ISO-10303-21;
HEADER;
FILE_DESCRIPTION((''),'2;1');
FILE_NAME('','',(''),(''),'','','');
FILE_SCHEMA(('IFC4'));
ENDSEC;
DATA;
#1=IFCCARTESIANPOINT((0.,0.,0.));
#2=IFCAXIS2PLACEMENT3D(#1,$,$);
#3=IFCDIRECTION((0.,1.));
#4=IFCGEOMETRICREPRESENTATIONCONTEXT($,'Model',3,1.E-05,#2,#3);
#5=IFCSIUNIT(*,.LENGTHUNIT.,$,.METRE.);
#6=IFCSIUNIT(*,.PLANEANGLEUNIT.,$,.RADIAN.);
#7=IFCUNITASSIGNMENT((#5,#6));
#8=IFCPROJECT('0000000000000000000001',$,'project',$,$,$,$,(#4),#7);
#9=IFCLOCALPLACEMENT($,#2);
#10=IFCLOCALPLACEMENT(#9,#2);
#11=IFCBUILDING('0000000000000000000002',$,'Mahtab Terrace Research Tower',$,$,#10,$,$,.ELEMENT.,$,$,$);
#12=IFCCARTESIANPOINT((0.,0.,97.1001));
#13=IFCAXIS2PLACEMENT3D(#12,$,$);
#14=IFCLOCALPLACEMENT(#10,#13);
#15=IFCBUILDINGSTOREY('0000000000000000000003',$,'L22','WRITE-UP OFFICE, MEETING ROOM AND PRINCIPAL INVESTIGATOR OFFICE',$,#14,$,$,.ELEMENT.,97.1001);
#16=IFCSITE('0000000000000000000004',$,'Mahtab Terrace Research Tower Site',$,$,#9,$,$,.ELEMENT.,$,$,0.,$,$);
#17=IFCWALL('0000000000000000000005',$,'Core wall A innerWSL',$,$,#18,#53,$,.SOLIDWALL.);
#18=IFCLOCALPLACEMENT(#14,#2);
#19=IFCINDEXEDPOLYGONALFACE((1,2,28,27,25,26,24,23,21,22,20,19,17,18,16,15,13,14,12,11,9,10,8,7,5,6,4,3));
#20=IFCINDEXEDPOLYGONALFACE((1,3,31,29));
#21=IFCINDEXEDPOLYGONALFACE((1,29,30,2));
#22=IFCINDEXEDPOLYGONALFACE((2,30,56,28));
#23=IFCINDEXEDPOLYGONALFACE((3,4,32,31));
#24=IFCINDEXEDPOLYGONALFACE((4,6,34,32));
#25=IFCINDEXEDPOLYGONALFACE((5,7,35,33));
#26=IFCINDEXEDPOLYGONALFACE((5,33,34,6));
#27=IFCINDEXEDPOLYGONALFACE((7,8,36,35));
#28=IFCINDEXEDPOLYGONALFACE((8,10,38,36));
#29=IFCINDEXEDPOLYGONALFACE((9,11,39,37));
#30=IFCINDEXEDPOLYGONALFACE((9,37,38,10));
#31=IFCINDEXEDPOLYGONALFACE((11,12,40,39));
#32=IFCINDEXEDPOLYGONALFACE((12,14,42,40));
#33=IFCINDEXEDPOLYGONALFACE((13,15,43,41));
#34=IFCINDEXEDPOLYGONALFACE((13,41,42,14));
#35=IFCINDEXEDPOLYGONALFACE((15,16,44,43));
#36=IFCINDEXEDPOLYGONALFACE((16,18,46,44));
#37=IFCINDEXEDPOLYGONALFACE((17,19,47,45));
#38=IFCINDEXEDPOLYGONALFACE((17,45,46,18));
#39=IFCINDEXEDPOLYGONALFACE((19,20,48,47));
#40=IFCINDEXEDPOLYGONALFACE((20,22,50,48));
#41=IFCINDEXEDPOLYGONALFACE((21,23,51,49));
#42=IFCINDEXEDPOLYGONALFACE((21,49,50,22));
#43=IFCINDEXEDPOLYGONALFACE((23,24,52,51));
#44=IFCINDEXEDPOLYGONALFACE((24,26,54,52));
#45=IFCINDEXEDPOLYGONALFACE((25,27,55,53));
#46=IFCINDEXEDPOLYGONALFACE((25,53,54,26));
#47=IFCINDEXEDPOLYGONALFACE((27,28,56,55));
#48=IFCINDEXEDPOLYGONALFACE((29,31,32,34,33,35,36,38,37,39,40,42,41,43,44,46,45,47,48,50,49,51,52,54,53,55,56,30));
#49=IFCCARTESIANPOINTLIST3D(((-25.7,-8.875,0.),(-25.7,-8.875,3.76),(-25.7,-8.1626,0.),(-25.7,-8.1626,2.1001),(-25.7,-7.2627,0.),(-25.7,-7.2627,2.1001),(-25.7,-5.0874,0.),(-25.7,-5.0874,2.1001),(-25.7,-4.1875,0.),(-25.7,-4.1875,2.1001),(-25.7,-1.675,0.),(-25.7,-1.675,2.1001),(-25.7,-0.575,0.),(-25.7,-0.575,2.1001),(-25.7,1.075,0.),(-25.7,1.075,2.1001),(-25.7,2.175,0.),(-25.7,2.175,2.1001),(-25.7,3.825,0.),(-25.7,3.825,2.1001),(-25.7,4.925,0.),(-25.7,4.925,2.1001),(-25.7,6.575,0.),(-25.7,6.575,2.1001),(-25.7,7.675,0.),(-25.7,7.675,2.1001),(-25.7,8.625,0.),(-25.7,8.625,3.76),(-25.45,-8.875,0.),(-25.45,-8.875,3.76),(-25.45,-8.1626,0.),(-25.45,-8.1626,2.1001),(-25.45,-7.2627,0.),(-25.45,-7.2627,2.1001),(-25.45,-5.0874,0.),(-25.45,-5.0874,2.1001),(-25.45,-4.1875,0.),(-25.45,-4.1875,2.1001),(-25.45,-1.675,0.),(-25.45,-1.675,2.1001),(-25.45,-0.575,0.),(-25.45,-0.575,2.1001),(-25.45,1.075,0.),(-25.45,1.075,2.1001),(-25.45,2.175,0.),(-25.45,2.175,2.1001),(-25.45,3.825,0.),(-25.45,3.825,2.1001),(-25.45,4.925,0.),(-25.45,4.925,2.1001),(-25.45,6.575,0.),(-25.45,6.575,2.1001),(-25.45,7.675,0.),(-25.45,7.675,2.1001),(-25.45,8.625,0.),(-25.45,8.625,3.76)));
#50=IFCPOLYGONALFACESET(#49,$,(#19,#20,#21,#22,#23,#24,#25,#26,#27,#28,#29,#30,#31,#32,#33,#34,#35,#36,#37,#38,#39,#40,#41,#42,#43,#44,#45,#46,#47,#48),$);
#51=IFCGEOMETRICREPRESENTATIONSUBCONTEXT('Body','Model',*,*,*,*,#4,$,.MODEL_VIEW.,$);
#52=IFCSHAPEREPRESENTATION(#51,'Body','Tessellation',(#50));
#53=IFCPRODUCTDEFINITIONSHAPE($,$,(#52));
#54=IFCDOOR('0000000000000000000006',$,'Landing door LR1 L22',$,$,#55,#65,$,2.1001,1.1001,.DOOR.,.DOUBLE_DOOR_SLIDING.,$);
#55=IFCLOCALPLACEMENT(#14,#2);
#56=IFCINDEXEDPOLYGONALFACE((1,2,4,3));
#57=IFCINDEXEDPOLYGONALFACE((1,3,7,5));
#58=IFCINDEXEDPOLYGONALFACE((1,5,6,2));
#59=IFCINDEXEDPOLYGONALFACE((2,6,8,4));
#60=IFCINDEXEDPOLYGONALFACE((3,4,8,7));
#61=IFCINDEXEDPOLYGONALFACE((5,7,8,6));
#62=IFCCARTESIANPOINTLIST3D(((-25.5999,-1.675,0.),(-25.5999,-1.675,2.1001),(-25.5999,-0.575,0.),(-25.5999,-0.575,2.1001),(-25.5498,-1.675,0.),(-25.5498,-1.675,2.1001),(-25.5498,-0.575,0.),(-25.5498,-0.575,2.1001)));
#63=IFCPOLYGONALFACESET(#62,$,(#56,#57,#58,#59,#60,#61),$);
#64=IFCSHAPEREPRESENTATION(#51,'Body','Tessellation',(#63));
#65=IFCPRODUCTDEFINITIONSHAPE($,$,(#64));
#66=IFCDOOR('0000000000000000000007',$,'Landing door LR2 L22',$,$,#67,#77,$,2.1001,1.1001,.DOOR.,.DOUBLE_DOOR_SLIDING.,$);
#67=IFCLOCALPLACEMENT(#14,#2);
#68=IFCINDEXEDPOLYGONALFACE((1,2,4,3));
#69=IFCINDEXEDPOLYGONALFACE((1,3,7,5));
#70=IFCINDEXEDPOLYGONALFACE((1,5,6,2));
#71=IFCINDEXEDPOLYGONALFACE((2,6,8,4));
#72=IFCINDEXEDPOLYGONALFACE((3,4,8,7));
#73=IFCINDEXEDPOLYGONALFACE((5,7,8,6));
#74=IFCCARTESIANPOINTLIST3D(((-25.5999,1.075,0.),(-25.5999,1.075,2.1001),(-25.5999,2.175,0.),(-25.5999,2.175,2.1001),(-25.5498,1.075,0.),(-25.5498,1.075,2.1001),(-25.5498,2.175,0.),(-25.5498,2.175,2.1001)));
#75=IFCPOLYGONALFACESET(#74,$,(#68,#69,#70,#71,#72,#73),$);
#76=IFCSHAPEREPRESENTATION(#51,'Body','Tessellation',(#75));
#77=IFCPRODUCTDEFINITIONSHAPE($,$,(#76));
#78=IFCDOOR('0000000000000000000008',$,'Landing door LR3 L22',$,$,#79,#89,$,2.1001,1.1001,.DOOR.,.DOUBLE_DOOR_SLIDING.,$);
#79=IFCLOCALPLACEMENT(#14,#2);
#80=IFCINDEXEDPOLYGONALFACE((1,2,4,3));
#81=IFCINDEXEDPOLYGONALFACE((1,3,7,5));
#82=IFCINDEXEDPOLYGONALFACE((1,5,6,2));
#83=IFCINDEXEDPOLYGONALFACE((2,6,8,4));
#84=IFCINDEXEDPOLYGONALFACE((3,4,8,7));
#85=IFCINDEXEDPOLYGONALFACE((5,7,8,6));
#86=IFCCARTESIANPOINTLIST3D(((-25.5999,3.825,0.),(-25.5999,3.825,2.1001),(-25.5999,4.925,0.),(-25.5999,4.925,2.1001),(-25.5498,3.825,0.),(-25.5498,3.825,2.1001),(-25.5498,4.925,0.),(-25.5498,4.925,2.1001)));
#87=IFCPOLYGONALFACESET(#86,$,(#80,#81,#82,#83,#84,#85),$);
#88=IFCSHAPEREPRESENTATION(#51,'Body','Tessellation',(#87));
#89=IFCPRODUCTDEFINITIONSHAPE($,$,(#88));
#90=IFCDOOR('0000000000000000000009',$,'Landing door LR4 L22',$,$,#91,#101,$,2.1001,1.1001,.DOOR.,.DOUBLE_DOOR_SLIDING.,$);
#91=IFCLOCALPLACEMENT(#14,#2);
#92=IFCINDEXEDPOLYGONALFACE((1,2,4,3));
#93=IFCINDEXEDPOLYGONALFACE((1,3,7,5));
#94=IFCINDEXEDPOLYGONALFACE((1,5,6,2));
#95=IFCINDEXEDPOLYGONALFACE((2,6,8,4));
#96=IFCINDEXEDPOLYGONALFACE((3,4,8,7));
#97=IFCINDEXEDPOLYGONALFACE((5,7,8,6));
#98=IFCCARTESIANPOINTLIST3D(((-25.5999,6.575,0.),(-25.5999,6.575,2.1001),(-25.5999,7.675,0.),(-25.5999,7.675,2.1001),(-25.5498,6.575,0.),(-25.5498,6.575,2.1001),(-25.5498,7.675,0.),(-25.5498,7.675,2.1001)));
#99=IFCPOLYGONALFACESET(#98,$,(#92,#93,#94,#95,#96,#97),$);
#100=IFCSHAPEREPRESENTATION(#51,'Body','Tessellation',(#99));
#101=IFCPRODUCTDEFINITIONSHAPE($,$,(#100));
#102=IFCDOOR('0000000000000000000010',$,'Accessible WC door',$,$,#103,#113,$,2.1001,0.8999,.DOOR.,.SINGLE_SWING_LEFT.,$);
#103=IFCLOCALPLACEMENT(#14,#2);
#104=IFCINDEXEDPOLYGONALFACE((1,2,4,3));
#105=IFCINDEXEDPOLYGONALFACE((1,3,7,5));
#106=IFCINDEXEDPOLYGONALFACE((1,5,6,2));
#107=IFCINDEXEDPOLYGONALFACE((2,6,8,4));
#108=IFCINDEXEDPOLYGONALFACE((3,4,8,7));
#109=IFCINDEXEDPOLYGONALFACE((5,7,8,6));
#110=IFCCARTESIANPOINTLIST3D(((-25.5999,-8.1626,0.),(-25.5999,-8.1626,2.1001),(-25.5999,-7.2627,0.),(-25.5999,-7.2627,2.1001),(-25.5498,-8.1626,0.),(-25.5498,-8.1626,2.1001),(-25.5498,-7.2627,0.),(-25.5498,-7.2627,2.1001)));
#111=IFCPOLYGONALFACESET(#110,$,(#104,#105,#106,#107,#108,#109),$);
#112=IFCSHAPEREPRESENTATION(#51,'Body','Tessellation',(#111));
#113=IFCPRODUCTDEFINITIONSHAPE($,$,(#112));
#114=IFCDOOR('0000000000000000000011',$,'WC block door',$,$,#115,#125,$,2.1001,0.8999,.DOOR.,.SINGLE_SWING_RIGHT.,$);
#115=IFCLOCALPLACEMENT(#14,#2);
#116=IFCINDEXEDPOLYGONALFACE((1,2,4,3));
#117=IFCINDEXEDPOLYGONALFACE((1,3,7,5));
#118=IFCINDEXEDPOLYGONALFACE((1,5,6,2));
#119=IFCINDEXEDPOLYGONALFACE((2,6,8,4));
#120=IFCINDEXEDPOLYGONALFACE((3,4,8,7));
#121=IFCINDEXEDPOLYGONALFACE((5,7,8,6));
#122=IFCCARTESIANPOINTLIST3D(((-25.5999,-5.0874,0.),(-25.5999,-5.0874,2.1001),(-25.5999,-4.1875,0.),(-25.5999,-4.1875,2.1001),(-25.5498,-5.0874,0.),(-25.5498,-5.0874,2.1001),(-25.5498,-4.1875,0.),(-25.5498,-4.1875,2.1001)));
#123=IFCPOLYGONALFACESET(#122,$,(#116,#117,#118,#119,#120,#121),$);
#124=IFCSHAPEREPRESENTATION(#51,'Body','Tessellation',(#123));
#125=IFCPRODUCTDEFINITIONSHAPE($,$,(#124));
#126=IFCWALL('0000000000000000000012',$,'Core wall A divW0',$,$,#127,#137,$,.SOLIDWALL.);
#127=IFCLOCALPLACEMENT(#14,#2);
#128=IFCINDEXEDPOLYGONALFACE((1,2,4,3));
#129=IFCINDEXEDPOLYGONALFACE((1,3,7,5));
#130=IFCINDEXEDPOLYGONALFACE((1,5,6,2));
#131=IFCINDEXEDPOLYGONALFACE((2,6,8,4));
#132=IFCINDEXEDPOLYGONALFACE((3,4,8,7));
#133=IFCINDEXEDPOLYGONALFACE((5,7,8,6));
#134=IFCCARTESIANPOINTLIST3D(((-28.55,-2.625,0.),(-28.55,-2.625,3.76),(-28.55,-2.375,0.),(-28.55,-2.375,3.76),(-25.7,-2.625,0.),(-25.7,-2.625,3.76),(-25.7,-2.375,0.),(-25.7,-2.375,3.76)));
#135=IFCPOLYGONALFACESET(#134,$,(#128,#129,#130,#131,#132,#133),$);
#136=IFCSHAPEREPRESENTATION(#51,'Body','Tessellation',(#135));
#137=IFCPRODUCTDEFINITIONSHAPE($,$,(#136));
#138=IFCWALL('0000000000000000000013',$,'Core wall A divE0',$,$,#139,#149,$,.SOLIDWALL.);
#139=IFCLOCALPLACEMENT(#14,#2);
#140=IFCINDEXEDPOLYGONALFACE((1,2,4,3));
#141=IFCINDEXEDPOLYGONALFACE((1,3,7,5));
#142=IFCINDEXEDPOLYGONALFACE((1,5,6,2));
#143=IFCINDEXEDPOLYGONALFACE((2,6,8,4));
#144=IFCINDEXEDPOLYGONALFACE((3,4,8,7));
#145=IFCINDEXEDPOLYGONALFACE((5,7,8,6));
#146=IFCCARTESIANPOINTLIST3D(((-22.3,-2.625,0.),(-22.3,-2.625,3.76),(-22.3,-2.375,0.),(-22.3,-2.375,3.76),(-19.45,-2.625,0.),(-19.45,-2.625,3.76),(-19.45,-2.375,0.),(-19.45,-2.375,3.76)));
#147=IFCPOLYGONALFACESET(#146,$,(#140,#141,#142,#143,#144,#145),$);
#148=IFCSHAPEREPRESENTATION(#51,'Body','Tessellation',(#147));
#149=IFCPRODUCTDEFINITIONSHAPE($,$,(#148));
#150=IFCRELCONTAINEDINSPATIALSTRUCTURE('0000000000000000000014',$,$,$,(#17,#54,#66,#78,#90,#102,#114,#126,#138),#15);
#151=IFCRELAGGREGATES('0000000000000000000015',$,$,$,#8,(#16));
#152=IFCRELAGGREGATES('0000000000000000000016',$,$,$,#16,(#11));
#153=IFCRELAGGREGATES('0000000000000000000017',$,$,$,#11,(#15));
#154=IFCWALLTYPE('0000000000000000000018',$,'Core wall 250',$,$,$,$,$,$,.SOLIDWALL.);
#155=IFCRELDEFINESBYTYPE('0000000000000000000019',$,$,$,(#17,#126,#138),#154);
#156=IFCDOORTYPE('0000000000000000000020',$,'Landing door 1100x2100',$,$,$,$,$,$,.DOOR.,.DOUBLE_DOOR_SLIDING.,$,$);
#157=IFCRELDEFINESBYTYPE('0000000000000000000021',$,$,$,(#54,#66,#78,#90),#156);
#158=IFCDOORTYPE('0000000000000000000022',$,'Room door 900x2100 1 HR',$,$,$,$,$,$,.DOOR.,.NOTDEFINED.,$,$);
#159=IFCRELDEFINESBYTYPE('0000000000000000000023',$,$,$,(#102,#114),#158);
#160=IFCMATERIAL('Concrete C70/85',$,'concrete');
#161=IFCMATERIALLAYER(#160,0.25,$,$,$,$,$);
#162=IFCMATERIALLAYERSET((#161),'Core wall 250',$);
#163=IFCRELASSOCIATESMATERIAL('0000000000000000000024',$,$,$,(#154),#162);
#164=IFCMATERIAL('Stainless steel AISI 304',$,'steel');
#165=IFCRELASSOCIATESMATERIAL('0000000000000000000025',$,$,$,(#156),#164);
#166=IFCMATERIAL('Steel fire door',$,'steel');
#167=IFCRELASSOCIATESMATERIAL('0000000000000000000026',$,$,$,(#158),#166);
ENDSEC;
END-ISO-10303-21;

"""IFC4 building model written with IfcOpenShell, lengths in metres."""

from ifc_helpers import new_model, si_unit, direction, frame, frame_2d, origin, place, context, subcontext, project, spatial, rectangle, extrude, material, layer, layer_set, type_object, element, fill, save


model = new_model("IFC4")

# Units and contexts
model_context = context("Model", 3, precision=1e-05, world=origin(), true_north=direction((0.0, 1.0)))
body_context = subcontext(model_context, "Body", "Model", "MODEL_VIEW")
ifc_project = project(units=[si_unit("LENGTHUNIT", "METRE"), si_unit("PLANEANGLEUNIT", "RADIAN")], contexts=[model_context])

# Site, building, storey
site_placement = place(None, origin())
site = spatial("IfcSite", under=ifc_project, at=site_placement, Name="Mahtab Terrace Research Tower Site", CompositionType="ELEMENT", RefElevation=0.0)
building_placement = place(site_placement, origin())
building = spatial("IfcBuilding", under=site, at=building_placement, Name="Mahtab Terrace Research Tower", CompositionType="ELEMENT")
storey_placement = place(building_placement, frame((0.0, 0.0, 97.1001)))
storey = spatial("IfcBuildingStorey", under=building, at=storey_placement, Name="L22", Description="WRITE-UP OFFICE, MEETING ROOM AND PRINCIPAL INVESTIGATOR OFFICE", CompositionType="ELEMENT", Elevation=97.1001)

# Shared definitions
ifc_material_1 = material(Name="Concrete C70/85", Category="concrete")

# Shared definitions
ifc_layer_1 = layer(ifc_material_1, 0.25)
ifc_layer_set_1 = layer_set([ifc_layer_1], Name="Core wall 250")
wall_type_1 = type_object("IfcWallType", Name="Core wall 250", PredefinedType="SOLIDWALL", material=ifc_layer_set_1)

# Shared definitions
ifc_material_2 = material(Name="Steel fire door", Category="steel")

# Wall, openings, doors
wall_1_placement = place(storey_placement, frame((-25.575, -8.875, 0.0), z_axis=(0.0, 0.0, 1.0), x_axis=(0.0, 1.0, 0.0)))
wall_1 = element("IfcWall", 1, at=wall_1_placement, inside=storey, type_object=wall_type_1, Name="Core wall A innerWSL", PredefinedType="SOLIDWALL", context=body_context, shape_type="SweptSolid", body=[
    extrude(rectangle(XDim=17.5, YDim=0.25, at=frame_2d((8.75, 0.0))), origin(), (0.0, 0.0, 1.0), 3.76),
])
opening_1_placement = place(wall_1_placement, frame((7.2, 0.0, 0.0)))
opening_1 = element("IfcOpeningElement", 2, at=opening_1_placement, cuts=wall_1, PredefinedType="OPENING", context=body_context, shape_type="SweptSolid", body=[
    extrude(rectangle(XDim=1.1001, YDim=2.1001, at=frame_2d((0.55, 1.05))), frame((0.0, 0.135, 0.0), z_axis=(0.0, -1.0, 0.0), x_axis=(1.0, 0.0, 0.0)), (0.0, 0.0, 1.0), 0.27),
])
opening_2_placement = place(wall_1_placement, frame((9.95, 0.0, 0.0)))
opening_2 = element("IfcOpeningElement", 3, at=opening_2_placement, cuts=wall_1, PredefinedType="OPENING", context=body_context, shape_type="SweptSolid", body=[
    extrude(rectangle(XDim=1.1001, YDim=2.1001, at=frame_2d((0.55, 1.05))), frame((0.0, 0.135, 0.0), z_axis=(0.0, -1.0, 0.0), x_axis=(1.0, 0.0, 0.0)), (0.0, 0.0, 1.0), 0.27),
])
opening_3_placement = place(wall_1_placement, frame((12.7, 0.0, 0.0)))
opening_3 = element("IfcOpeningElement", 4, at=opening_3_placement, cuts=wall_1, PredefinedType="OPENING", context=body_context, shape_type="SweptSolid", body=[
    extrude(rectangle(XDim=1.1001, YDim=2.1001, at=frame_2d((0.55, 1.05))), frame((0.0, 0.135, 0.0), z_axis=(0.0, -1.0, 0.0), x_axis=(1.0, 0.0, 0.0)), (0.0, 0.0, 1.0), 0.27),
])
opening_4_placement = place(wall_1_placement, frame((15.45, 0.0, 0.0)))
opening_4 = element("IfcOpeningElement", 5, at=opening_4_placement, cuts=wall_1, PredefinedType="OPENING", context=body_context, shape_type="SweptSolid", body=[
    extrude(rectangle(XDim=1.1001, YDim=2.1001, at=frame_2d((0.55, 1.05))), frame((0.0, 0.135, 0.0), z_axis=(0.0, -1.0, 0.0), x_axis=(1.0, 0.0, 0.0)), (0.0, 0.0, 1.0), 0.27),
])
opening_5_placement = place(wall_1_placement, frame((0.7124, 0.0, 0.0)))
opening_5 = element("IfcOpeningElement", 6, at=opening_5_placement, cuts=wall_1, PredefinedType="OPENING", context=body_context, shape_type="SweptSolid", body=[
    extrude(rectangle(XDim=0.8999, YDim=2.1001, at=frame_2d((0.45, 1.05))), frame((0.0, 0.135, 0.0), z_axis=(0.0, -1.0, 0.0), x_axis=(1.0, 0.0, 0.0)), (0.0, 0.0, 1.0), 0.27),
])
opening_6_placement = place(wall_1_placement, frame((3.7876, 0.0, 0.0)))
opening_6 = element("IfcOpeningElement", 7, at=opening_6_placement, cuts=wall_1, PredefinedType="OPENING", context=body_context, shape_type="SweptSolid", body=[
    extrude(rectangle(XDim=0.8999, YDim=2.1001, at=frame_2d((0.45, 1.05))), frame((0.0, 0.135, 0.0), z_axis=(0.0, -1.0, 0.0), x_axis=(1.0, 0.0, 0.0)), (0.0, 0.0, 1.0), 0.27),
])
ifc_material_3 = material(Name="Stainless steel AISI 304", Category="steel")
door_type_1 = type_object("IfcDoorType", Name="Landing door 1100x2100", OperationType="DOUBLE_DOOR_SLIDING", PredefinedType="DOOR", material=ifc_material_3)
door_1_placement = place(opening_1_placement, origin())
door_1 = element("IfcDoor", 8, at=door_1_placement, inside=storey, type_object=door_type_1, Name="Landing door LR1 L22", OperationType="DOUBLE_DOOR_SLIDING", OverallHeight=2.1001, OverallWidth=1.1001, PredefinedType="DOOR", context=body_context, shape_type="SweptSolid", body=[
    extrude(rectangle(XDim=1.1001, YDim=2.1001, at=frame_2d((0.55, 1.05))), frame((0.0, 0.0249, 0.0), z_axis=(0.0, -1.0, 0.0), x_axis=(1.0, 0.0, 0.0)), (0.0, 0.0, 1.0), 0.05),
])
fill(opening_1, door_1)
door_2_placement = place(opening_2_placement, origin())
door_2 = element("IfcDoor", 9, at=door_2_placement, inside=storey, type_object=door_type_1, Name="Landing door LR2 L22", OperationType="DOUBLE_DOOR_SLIDING", OverallHeight=2.1001, OverallWidth=1.1001, PredefinedType="DOOR", context=body_context, shape_type="SweptSolid", body=[
    extrude(rectangle(XDim=1.1001, YDim=2.1001, at=frame_2d((0.55, 1.05))), frame((0.0, 0.0249, 0.0), z_axis=(0.0, -1.0, 0.0), x_axis=(1.0, 0.0, 0.0)), (0.0, 0.0, 1.0), 0.05),
])
fill(opening_2, door_2)
door_3_placement = place(opening_3_placement, origin())
door_3 = element("IfcDoor", 10, at=door_3_placement, inside=storey, type_object=door_type_1, Name="Landing door LR3 L22", OperationType="DOUBLE_DOOR_SLIDING", OverallHeight=2.1001, OverallWidth=1.1001, PredefinedType="DOOR", context=body_context, shape_type="SweptSolid", body=[
    extrude(rectangle(XDim=1.1001, YDim=2.1001, at=frame_2d((0.55, 1.05))), frame((0.0, 0.0249, 0.0), z_axis=(0.0, -1.0, 0.0), x_axis=(1.0, 0.0, 0.0)), (0.0, 0.0, 1.0), 0.05),
])
fill(opening_3, door_3)
door_4_placement = place(opening_4_placement, origin())
door_4 = element("IfcDoor", 11, at=door_4_placement, inside=storey, type_object=door_type_1, Name="Landing door LR4 L22", OperationType="DOUBLE_DOOR_SLIDING", OverallHeight=2.1001, OverallWidth=1.1001, PredefinedType="DOOR", context=body_context, shape_type="SweptSolid", body=[
    extrude(rectangle(XDim=1.1001, YDim=2.1001, at=frame_2d((0.55, 1.05))), frame((0.0, 0.0249, 0.0), z_axis=(0.0, -1.0, 0.0), x_axis=(1.0, 0.0, 0.0)), (0.0, 0.0, 1.0), 0.05),
])
fill(opening_4, door_4)
door_type_2 = type_object("IfcDoorType", Name="Room door 900x2100 1 HR", OperationType="NOTDEFINED", PredefinedType="DOOR", material=ifc_material_2)
door_5_placement = place(opening_5_placement, origin())
door_5 = element("IfcDoor", 12, at=door_5_placement, inside=storey, type_object=door_type_2, Name="Accessible WC door", OperationType="SINGLE_SWING_LEFT", OverallHeight=2.1001, OverallWidth=0.8999, PredefinedType="DOOR", context=body_context, shape_type="SweptSolid", body=[
    extrude(rectangle(XDim=0.8999, YDim=2.1001, at=frame_2d((0.45, 1.05))), frame((0.0, 0.0249, 0.0), z_axis=(0.0, -1.0, 0.0), x_axis=(1.0, 0.0, 0.0)), (0.0, 0.0, 1.0), 0.05),
])
fill(opening_5, door_5)
door_6_placement = place(opening_6_placement, origin())
door_6 = element("IfcDoor", 13, at=door_6_placement, inside=storey, type_object=door_type_2, Name="WC block door", OperationType="SINGLE_SWING_RIGHT", OverallHeight=2.1001, OverallWidth=0.8999, PredefinedType="DOOR", context=body_context, shape_type="SweptSolid", body=[
    extrude(rectangle(XDim=0.8999, YDim=2.1001, at=frame_2d((0.45, 1.05))), frame((0.0, 0.0249, 0.0), z_axis=(0.0, -1.0, 0.0), x_axis=(1.0, 0.0, 0.0)), (0.0, 0.0, 1.0), 0.05),
])
fill(opening_6, door_6)

# Walls
for number, where, z_axis, x_axis, name in (
    (14, (-28.55, -2.5, 0.0), (0.0, 0.0, 1.0), (1.0, 0.0, 0.0), "Core wall A divW0"),
    (15, (-22.3, -2.5, 0.0), (0.0, 0.0, 1.0), (1.0, 0.0, 0.0), "Core wall A divE0"),
):
    element("IfcWall", number, at=place(storey_placement, frame(where, z_axis=z_axis, x_axis=x_axis)), inside=storey, type_object=wall_type_1, Name=name, PredefinedType="SOLIDWALL", context=body_context, shape_type="SweptSolid", body=[
        extrude(rectangle(XDim=2.8501, YDim=0.25, at=frame_2d((1.425, 0.0))), origin(), (0.0, 0.0, 1.0), 3.76),
    ])

save(model, "model.ifc")
